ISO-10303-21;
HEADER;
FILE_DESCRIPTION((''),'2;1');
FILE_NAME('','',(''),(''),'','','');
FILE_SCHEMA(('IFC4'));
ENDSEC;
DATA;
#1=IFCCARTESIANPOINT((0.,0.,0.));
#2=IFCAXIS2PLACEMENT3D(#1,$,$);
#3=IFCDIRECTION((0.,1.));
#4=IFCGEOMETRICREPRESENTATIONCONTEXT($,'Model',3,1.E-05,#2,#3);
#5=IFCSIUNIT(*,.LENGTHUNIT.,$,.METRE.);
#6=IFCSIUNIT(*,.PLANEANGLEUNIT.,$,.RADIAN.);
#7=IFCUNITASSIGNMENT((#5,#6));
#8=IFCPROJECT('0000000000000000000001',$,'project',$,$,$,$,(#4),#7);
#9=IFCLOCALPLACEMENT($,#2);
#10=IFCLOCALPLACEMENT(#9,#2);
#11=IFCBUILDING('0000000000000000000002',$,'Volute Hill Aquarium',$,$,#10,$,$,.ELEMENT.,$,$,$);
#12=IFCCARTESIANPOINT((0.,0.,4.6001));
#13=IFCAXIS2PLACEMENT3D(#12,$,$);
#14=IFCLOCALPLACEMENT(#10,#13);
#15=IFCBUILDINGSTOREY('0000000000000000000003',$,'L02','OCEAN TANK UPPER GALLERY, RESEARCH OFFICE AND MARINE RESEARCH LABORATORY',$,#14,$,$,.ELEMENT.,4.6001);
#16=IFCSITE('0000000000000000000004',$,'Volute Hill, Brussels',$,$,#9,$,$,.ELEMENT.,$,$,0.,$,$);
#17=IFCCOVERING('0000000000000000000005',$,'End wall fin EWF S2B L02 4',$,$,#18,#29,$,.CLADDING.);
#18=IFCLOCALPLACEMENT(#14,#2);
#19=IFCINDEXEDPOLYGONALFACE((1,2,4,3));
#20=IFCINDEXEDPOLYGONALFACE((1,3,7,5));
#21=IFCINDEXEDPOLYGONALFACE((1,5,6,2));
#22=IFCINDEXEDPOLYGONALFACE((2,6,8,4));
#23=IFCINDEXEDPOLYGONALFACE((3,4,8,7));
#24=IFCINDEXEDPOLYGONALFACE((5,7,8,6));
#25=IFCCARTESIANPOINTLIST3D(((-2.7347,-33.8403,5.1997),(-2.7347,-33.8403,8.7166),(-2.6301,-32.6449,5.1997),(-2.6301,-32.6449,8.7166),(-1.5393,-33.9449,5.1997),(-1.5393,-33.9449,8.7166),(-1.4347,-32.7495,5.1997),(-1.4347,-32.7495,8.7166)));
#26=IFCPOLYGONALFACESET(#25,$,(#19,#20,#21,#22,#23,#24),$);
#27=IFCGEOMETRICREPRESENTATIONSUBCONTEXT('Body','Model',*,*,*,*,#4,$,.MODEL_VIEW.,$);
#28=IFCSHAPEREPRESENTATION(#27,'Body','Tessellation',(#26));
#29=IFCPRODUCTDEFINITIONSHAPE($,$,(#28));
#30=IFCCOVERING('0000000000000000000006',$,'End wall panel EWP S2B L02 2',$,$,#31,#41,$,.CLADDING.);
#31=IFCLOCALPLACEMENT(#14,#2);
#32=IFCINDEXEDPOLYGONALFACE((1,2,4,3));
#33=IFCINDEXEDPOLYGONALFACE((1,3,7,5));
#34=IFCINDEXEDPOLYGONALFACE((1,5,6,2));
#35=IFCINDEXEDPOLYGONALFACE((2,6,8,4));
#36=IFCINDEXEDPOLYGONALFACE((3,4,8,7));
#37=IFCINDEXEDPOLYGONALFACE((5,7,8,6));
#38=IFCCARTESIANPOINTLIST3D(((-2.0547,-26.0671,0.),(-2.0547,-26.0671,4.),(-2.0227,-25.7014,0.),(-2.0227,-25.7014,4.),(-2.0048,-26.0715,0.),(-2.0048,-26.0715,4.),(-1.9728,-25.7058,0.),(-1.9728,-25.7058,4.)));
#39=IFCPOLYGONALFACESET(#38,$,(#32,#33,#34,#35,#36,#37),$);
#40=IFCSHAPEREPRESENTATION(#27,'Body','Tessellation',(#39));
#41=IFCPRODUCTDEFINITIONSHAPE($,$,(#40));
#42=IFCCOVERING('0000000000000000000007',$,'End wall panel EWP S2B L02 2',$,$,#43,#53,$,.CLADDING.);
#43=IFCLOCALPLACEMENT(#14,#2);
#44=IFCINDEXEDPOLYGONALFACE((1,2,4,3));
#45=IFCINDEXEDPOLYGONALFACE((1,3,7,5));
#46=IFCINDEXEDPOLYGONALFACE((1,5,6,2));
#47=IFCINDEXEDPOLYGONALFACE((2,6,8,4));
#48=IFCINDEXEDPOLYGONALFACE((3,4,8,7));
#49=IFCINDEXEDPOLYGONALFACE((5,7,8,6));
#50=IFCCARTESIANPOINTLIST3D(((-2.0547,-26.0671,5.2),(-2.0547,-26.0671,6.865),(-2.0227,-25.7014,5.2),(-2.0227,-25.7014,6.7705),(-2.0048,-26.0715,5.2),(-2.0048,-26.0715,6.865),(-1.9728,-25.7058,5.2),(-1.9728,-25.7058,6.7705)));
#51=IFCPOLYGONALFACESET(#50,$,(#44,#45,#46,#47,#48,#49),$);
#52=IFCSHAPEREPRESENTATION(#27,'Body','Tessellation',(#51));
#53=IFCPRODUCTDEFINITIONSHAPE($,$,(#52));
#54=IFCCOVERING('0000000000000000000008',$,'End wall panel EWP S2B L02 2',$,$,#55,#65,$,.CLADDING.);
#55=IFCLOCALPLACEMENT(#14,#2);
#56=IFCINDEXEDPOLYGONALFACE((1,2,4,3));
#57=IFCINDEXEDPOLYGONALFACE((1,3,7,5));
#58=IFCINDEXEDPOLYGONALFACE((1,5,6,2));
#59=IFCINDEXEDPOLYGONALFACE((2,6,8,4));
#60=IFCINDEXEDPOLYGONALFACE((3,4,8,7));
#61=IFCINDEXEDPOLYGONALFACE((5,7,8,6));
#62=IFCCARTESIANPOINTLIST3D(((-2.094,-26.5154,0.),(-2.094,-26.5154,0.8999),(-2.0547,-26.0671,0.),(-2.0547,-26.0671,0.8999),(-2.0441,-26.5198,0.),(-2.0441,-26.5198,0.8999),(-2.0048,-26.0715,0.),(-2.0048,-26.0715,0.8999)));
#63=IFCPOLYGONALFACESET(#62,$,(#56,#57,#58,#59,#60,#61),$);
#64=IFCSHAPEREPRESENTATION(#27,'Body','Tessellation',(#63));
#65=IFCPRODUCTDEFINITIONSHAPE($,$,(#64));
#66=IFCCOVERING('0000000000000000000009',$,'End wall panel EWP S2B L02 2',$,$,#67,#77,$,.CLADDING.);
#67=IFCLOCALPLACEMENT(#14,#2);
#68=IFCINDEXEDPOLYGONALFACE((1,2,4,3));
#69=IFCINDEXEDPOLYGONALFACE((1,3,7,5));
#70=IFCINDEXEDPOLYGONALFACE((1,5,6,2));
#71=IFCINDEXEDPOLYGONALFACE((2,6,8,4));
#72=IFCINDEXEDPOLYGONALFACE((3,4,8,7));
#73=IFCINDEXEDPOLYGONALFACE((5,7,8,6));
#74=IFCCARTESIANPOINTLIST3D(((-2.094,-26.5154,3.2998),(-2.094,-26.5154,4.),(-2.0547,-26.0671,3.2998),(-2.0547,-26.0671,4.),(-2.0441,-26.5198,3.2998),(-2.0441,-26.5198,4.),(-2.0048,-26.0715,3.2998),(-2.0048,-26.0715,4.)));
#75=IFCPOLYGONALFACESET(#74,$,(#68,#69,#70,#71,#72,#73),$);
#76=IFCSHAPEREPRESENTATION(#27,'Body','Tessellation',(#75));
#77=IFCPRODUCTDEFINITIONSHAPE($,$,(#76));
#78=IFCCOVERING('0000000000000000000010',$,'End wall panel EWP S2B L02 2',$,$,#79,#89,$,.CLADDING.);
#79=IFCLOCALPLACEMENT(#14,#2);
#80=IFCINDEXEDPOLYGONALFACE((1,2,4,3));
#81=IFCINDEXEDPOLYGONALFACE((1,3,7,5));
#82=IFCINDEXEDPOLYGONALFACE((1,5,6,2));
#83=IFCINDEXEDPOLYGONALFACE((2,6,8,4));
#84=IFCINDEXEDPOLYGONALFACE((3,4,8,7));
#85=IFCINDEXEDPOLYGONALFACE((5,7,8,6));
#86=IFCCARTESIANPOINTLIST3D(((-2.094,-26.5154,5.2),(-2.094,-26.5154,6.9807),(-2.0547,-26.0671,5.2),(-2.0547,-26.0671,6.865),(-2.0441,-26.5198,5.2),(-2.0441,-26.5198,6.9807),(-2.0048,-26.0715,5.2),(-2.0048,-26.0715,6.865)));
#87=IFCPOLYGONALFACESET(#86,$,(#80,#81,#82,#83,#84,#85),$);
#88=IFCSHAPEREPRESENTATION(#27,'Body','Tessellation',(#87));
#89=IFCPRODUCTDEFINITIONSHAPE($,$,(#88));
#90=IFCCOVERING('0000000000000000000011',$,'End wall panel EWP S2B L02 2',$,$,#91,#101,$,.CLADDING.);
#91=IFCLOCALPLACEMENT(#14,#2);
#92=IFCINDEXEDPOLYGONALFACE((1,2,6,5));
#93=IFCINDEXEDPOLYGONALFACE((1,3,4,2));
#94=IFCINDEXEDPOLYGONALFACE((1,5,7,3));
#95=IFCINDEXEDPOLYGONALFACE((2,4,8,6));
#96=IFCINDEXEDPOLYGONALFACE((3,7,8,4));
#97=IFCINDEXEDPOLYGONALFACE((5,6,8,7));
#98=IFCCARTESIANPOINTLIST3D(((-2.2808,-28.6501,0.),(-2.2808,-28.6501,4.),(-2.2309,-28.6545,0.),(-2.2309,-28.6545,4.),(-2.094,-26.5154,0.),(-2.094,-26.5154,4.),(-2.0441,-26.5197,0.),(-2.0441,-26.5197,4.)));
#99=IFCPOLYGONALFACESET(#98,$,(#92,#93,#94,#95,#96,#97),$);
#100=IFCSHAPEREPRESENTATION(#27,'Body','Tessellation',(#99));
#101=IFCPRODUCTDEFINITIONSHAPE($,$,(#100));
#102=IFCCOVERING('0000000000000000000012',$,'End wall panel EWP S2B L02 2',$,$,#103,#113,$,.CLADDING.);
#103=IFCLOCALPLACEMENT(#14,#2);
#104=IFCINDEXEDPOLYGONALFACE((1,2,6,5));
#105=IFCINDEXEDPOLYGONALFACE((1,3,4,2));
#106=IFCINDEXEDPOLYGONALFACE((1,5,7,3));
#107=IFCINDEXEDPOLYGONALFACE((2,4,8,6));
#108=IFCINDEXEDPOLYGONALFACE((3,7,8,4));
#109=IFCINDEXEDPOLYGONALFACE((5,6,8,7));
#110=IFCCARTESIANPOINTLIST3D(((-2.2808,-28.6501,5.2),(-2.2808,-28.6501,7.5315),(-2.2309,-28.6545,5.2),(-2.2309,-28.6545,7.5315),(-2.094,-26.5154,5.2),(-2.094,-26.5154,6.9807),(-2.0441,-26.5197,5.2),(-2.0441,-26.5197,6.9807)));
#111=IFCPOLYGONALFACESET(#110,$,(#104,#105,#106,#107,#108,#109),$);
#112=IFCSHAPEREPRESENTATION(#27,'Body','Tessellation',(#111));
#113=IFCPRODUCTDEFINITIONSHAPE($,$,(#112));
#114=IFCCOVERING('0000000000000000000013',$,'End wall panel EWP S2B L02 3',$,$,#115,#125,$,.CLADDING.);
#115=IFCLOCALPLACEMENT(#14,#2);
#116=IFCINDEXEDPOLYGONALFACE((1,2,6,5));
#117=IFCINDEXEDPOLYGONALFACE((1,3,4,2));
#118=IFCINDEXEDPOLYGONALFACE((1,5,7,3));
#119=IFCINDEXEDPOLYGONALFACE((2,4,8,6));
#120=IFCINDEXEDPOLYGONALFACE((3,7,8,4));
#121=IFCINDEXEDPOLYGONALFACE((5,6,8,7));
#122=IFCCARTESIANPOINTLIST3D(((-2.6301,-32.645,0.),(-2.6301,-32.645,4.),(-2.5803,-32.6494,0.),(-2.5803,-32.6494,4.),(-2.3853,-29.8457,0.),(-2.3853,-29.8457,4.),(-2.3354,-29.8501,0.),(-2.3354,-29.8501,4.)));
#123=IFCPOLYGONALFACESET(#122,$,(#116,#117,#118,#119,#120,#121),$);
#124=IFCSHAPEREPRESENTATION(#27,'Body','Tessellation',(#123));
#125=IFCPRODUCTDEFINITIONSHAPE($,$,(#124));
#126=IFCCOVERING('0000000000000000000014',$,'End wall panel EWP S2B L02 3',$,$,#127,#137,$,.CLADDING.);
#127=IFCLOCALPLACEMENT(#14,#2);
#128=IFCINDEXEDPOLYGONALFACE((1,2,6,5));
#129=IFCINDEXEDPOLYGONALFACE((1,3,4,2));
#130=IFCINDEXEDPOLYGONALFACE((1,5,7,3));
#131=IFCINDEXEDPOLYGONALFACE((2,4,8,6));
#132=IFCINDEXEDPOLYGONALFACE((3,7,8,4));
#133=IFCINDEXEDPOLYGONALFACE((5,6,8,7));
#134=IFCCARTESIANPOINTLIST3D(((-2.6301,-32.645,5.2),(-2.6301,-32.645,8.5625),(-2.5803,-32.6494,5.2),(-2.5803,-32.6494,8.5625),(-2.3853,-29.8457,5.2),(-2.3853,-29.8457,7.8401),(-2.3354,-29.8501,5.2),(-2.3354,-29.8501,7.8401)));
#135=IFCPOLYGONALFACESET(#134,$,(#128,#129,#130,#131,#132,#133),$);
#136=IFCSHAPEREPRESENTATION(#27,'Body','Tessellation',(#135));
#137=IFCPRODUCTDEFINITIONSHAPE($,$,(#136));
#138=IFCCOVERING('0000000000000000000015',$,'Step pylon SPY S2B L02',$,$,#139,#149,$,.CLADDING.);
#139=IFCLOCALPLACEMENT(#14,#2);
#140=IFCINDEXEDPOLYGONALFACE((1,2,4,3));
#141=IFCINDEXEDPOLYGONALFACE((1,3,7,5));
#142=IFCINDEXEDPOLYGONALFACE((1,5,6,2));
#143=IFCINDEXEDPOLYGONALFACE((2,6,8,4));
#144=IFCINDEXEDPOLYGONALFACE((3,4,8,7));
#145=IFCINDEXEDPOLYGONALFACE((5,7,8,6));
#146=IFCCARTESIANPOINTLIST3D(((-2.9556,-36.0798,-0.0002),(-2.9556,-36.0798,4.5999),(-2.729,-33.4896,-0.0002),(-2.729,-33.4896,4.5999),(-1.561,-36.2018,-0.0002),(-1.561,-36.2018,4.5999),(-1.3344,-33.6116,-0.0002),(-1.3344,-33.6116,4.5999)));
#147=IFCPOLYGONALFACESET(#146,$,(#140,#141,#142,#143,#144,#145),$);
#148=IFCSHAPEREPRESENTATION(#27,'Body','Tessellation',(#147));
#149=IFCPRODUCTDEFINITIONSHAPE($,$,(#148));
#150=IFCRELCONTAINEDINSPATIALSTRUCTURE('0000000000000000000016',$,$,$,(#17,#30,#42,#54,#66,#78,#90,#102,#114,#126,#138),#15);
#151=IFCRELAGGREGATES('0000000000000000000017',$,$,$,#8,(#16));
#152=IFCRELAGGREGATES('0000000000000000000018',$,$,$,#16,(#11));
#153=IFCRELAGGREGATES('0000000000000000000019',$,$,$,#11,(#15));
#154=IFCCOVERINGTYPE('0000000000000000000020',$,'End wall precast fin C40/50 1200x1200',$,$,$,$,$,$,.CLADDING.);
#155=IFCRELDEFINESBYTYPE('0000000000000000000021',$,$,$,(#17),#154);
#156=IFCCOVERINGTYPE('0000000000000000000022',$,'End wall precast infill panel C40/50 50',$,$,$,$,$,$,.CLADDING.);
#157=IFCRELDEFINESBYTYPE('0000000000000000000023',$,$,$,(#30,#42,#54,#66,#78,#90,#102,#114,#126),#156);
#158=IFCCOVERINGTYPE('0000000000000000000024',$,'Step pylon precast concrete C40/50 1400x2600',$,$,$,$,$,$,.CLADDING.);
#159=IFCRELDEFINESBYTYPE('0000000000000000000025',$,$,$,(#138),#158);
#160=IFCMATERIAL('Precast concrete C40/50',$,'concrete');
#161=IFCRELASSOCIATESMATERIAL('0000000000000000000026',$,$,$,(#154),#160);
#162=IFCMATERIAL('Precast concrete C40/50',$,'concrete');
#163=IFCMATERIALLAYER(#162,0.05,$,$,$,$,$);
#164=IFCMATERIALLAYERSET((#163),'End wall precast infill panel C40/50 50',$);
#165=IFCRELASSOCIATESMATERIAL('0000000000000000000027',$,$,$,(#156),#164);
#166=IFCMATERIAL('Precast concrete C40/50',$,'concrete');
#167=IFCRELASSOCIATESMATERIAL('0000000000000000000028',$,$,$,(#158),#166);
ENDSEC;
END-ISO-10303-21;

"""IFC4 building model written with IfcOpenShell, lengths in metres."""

from ifc_helpers import new_model, si_unit, direction, frame, origin, origin_2d, place, context, subcontext, project, spatial, polyline, rectangle, outline, extrude, material, layer, layer_set, type_object, element, save


model = new_model("IFC4")

# Units and contexts
model_context = context("Model", 3, precision=1e-05, world=origin(), true_north=direction((0.0, 1.0)))
body_context = subcontext(model_context, "Body", "Model", "MODEL_VIEW")
ifc_project = project(units=[si_unit("LENGTHUNIT", "METRE"), si_unit("PLANEANGLEUNIT", "RADIAN")], contexts=[model_context])

# Site, building, storey
site_placement = place(None, origin())
site = spatial("IfcSite", under=ifc_project, at=site_placement, Name="Volute Hill, Brussels", CompositionType="ELEMENT", RefElevation=0.0)
building_placement = place(site_placement, origin())
building = spatial("IfcBuilding", under=site, at=building_placement, Name="Volute Hill Aquarium", CompositionType="ELEMENT")
storey_placement = place(building_placement, frame((0.0, 0.0, 4.6001)))
storey = spatial("IfcBuildingStorey", under=building, at=storey_placement, Name="L02", Description="OCEAN TANK UPPER GALLERY, RESEARCH OFFICE AND MARINE RESEARCH LABORATORY", CompositionType="ELEMENT", Elevation=4.6001)

# Coverings
ifc_material_1 = material(Name="Precast concrete C40/50", Category="concrete")
covering_type_1 = type_object("IfcCoveringType", Name="End wall precast fin C40/50 1200x1200", PredefinedType="CLADDING", material=ifc_material_1)
covering_1_placement = place(storey_placement, frame((-2.0847, -33.2949, 5.1997), z_axis=(0.0, 0.0, 1.0), x_axis=(-0.087151, -0.996195, 0.0)))
element("IfcCovering", 1, at=covering_1_placement, inside=storey, type_object=covering_type_1, Name="End wall fin EWF S2B L02 4", PredefinedType="CLADDING", context=body_context, shape_type="SweptSolid", body=[
    extrude(rectangle(XDim=1.2, YDim=1.2, at=origin_2d()), origin(), (0.0, 0.0, 1.0), 3.5168),
])
ifc_material_2 = material(Name="Precast concrete C40/50", Category="concrete")
ifc_layer_1 = layer(ifc_material_2, 0.05)
ifc_layer_set_1 = layer_set([ifc_layer_1], Name="End wall precast infill panel C40/50 50")
covering_type_2 = type_object("IfcCoveringType", Name="End wall precast infill panel C40/50 50", PredefinedType="CLADDING", material=ifc_layer_set_1)
covering_2_placement = place(storey_placement, frame((-2.0227, -25.7014, 0.0), z_axis=(-0.996198, 0.087117, 0.0), x_axis=(-0.087117, -0.996198, 0.0)))
element("IfcCovering", 2, at=covering_2_placement, inside=storey, type_object=covering_type_2, Name="End wall panel EWP S2B L02 2", PredefinedType="CLADDING", context=body_context, shape_type="SweptSolid", body=[
    extrude(outline(polyline([(0.0, 0.0), (0.3671, 0.0), (0.3671, 4.0), (0.0, 4.0), (0.0, 0.0)])), origin(), (0.0, 0.0, -1.0), 0.05),
])
covering_3_placement = place(storey_placement, frame((-2.0227, -25.7014, 5.2), z_axis=(-0.996198, 0.087117, 0.0), x_axis=(-0.087117, -0.996198, 0.0)))
element("IfcCovering", 3, at=covering_3_placement, inside=storey, type_object=covering_type_2, Name="End wall panel EWP S2B L02 2", PredefinedType="CLADDING", context=body_context, shape_type="SweptSolid", body=[
    extrude(outline(polyline([(0.0, 0.0), (0.3671, 0.0), (0.3671, 1.665), (0.0, 1.5706), (0.0, 0.0)])), origin(), (0.0, 0.0, -1.0), 0.05),
])
covering_4_placement = place(storey_placement, frame((-2.0547, -26.0671, 0.0), z_axis=(-0.996177, 0.087355, 0.0), x_axis=(-0.087355, -0.996177, 0.0)))
element("IfcCovering", 4, at=covering_4_placement, inside=storey, type_object=covering_type_2, Name="End wall panel EWP S2B L02 2", PredefinedType="CLADDING", context=body_context, shape_type="SweptSolid", body=[
    extrude(outline(polyline([(0.0, 0.0), (0.45, 0.0), (0.45, 0.8999), (0.0, 0.8999), (0.0, 0.0)])), origin(), (0.0, 0.0, -1.0), 0.05),
])
covering_5_placement = place(storey_placement, frame((-2.0547, -26.0671, 3.2998), z_axis=(-0.996177, 0.087355, 0.0), x_axis=(-0.087355, -0.996177, 0.0)))
element("IfcCovering", 5, at=covering_5_placement, inside=storey, type_object=covering_type_2, Name="End wall panel EWP S2B L02 2", PredefinedType="CLADDING", context=body_context, shape_type="SweptSolid", body=[
    extrude(outline(polyline([(0.0, 0.0), (0.45, 0.0), (0.45, 0.7002), (0.0, 0.7002), (0.0, 0.0)])), origin(), (0.0, 0.0, -1.0), 0.05),
])
covering_6_placement = place(storey_placement, frame((-2.0547, -26.0671, 5.2), z_axis=(-0.996177, 0.087355, 0.0), x_axis=(-0.087355, -0.996177, 0.0)))
element("IfcCovering", 6, at=covering_6_placement, inside=storey, type_object=covering_type_2, Name="End wall panel EWP S2B L02 2", PredefinedType="CLADDING", context=body_context, shape_type="SweptSolid", body=[
    extrude(outline(polyline([(0.0, 0.0), (0.45, 0.0), (0.45, 1.7808), (0.0, 1.665), (0.0, 0.0)])), origin(), (0.0, 0.0, -1.0), 0.05),
])
covering_7_placement = place(storey_placement, frame((-2.094, -26.5154, 0.0), z_axis=(-0.996195, 0.087156, 0.0), x_axis=(-0.087156, -0.996195, 0.0)))
element("IfcCovering", 7, at=covering_7_placement, inside=storey, type_object=covering_type_2, Name="End wall panel EWP S2B L02 2", PredefinedType="CLADDING", context=body_context, shape_type="SweptSolid", body=[
    extrude(outline(polyline([(0.0, 0.0), (2.1429, 0.0), (2.1429, 4.0), (0.0, 4.0), (0.0, 0.0)])), origin(), (0.0, 0.0, -1.0), 0.05),
])
covering_8_placement = place(storey_placement, frame((-2.094, -26.5154, 5.2), z_axis=(-0.996195, 0.087156, 0.0), x_axis=(-0.087156, -0.996195, 0.0)))
element("IfcCovering", 8, at=covering_8_placement, inside=storey, type_object=covering_type_2, Name="End wall panel EWP S2B L02 2", PredefinedType="CLADDING", context=body_context, shape_type="SweptSolid", body=[
    extrude(outline(polyline([(0.0, 0.0), (2.1429, 0.0), (2.1429, 2.3315), (0.0, 1.7808), (0.0, 0.0)])), origin(), (0.0, 0.0, -1.0), 0.05),
])
covering_9_placement = place(storey_placement, frame((-2.3853, -29.8457, 0.0), z_axis=(-0.996196, 0.087143, 0.0), x_axis=(-0.087143, -0.996196, 0.0)))
element("IfcCovering", 9, at=covering_9_placement, inside=storey, type_object=covering_type_2, Name="End wall panel EWP S2B L02 3", PredefinedType="CLADDING", context=body_context, shape_type="SweptSolid", body=[
    extrude(outline(polyline([(0.0, 0.0), (2.81, 0.0), (2.81, 4.0), (0.0, 4.0), (0.0, 0.0)])), origin(), (0.0, 0.0, -1.0), 0.05),
])
covering_10_placement = place(storey_placement, frame((-2.3853, -29.8457, 5.2), z_axis=(-0.996196, 0.087143, 0.0), x_axis=(-0.087143, -0.996196, 0.0)))
element("IfcCovering", 10, at=covering_10_placement, inside=storey, type_object=covering_type_2, Name="End wall panel EWP S2B L02 3", PredefinedType="CLADDING", context=body_context, shape_type="SweptSolid", body=[
    extrude(outline(polyline([(0.0, 0.0), (2.81, 0.0), (2.81, 3.3625), (0.0, 2.6401), (0.0, 0.0)])), origin(), (0.0, 0.0, -1.0), 0.05),
])
ifc_material_3 = material(Name="Precast concrete C40/50", Category="concrete")
covering_type_3 = type_object("IfcCoveringType", Name="Step pylon precast concrete C40/50 1400x2600", PredefinedType="CLADDING", material=ifc_material_3)
covering_11_placement = place(storey_placement, frame((-2.145, -34.8457, -0.0002), z_axis=(0.0, 0.0, 1.0), x_axis=(-0.087156, -0.996195, 0.0)))
element("IfcCovering", 11, at=covering_11_placement, inside=storey, type_object=covering_type_3, Name="Step pylon SPY S2B L02", PredefinedType="CLADDING", context=body_context, shape_type="SweptSolid", body=[
    extrude(rectangle(XDim=2.6001, YDim=1.3999, at=origin_2d()), origin(), (0.0, 0.0, 1.0), 4.6001),
])

save(model, "model.ifc")
